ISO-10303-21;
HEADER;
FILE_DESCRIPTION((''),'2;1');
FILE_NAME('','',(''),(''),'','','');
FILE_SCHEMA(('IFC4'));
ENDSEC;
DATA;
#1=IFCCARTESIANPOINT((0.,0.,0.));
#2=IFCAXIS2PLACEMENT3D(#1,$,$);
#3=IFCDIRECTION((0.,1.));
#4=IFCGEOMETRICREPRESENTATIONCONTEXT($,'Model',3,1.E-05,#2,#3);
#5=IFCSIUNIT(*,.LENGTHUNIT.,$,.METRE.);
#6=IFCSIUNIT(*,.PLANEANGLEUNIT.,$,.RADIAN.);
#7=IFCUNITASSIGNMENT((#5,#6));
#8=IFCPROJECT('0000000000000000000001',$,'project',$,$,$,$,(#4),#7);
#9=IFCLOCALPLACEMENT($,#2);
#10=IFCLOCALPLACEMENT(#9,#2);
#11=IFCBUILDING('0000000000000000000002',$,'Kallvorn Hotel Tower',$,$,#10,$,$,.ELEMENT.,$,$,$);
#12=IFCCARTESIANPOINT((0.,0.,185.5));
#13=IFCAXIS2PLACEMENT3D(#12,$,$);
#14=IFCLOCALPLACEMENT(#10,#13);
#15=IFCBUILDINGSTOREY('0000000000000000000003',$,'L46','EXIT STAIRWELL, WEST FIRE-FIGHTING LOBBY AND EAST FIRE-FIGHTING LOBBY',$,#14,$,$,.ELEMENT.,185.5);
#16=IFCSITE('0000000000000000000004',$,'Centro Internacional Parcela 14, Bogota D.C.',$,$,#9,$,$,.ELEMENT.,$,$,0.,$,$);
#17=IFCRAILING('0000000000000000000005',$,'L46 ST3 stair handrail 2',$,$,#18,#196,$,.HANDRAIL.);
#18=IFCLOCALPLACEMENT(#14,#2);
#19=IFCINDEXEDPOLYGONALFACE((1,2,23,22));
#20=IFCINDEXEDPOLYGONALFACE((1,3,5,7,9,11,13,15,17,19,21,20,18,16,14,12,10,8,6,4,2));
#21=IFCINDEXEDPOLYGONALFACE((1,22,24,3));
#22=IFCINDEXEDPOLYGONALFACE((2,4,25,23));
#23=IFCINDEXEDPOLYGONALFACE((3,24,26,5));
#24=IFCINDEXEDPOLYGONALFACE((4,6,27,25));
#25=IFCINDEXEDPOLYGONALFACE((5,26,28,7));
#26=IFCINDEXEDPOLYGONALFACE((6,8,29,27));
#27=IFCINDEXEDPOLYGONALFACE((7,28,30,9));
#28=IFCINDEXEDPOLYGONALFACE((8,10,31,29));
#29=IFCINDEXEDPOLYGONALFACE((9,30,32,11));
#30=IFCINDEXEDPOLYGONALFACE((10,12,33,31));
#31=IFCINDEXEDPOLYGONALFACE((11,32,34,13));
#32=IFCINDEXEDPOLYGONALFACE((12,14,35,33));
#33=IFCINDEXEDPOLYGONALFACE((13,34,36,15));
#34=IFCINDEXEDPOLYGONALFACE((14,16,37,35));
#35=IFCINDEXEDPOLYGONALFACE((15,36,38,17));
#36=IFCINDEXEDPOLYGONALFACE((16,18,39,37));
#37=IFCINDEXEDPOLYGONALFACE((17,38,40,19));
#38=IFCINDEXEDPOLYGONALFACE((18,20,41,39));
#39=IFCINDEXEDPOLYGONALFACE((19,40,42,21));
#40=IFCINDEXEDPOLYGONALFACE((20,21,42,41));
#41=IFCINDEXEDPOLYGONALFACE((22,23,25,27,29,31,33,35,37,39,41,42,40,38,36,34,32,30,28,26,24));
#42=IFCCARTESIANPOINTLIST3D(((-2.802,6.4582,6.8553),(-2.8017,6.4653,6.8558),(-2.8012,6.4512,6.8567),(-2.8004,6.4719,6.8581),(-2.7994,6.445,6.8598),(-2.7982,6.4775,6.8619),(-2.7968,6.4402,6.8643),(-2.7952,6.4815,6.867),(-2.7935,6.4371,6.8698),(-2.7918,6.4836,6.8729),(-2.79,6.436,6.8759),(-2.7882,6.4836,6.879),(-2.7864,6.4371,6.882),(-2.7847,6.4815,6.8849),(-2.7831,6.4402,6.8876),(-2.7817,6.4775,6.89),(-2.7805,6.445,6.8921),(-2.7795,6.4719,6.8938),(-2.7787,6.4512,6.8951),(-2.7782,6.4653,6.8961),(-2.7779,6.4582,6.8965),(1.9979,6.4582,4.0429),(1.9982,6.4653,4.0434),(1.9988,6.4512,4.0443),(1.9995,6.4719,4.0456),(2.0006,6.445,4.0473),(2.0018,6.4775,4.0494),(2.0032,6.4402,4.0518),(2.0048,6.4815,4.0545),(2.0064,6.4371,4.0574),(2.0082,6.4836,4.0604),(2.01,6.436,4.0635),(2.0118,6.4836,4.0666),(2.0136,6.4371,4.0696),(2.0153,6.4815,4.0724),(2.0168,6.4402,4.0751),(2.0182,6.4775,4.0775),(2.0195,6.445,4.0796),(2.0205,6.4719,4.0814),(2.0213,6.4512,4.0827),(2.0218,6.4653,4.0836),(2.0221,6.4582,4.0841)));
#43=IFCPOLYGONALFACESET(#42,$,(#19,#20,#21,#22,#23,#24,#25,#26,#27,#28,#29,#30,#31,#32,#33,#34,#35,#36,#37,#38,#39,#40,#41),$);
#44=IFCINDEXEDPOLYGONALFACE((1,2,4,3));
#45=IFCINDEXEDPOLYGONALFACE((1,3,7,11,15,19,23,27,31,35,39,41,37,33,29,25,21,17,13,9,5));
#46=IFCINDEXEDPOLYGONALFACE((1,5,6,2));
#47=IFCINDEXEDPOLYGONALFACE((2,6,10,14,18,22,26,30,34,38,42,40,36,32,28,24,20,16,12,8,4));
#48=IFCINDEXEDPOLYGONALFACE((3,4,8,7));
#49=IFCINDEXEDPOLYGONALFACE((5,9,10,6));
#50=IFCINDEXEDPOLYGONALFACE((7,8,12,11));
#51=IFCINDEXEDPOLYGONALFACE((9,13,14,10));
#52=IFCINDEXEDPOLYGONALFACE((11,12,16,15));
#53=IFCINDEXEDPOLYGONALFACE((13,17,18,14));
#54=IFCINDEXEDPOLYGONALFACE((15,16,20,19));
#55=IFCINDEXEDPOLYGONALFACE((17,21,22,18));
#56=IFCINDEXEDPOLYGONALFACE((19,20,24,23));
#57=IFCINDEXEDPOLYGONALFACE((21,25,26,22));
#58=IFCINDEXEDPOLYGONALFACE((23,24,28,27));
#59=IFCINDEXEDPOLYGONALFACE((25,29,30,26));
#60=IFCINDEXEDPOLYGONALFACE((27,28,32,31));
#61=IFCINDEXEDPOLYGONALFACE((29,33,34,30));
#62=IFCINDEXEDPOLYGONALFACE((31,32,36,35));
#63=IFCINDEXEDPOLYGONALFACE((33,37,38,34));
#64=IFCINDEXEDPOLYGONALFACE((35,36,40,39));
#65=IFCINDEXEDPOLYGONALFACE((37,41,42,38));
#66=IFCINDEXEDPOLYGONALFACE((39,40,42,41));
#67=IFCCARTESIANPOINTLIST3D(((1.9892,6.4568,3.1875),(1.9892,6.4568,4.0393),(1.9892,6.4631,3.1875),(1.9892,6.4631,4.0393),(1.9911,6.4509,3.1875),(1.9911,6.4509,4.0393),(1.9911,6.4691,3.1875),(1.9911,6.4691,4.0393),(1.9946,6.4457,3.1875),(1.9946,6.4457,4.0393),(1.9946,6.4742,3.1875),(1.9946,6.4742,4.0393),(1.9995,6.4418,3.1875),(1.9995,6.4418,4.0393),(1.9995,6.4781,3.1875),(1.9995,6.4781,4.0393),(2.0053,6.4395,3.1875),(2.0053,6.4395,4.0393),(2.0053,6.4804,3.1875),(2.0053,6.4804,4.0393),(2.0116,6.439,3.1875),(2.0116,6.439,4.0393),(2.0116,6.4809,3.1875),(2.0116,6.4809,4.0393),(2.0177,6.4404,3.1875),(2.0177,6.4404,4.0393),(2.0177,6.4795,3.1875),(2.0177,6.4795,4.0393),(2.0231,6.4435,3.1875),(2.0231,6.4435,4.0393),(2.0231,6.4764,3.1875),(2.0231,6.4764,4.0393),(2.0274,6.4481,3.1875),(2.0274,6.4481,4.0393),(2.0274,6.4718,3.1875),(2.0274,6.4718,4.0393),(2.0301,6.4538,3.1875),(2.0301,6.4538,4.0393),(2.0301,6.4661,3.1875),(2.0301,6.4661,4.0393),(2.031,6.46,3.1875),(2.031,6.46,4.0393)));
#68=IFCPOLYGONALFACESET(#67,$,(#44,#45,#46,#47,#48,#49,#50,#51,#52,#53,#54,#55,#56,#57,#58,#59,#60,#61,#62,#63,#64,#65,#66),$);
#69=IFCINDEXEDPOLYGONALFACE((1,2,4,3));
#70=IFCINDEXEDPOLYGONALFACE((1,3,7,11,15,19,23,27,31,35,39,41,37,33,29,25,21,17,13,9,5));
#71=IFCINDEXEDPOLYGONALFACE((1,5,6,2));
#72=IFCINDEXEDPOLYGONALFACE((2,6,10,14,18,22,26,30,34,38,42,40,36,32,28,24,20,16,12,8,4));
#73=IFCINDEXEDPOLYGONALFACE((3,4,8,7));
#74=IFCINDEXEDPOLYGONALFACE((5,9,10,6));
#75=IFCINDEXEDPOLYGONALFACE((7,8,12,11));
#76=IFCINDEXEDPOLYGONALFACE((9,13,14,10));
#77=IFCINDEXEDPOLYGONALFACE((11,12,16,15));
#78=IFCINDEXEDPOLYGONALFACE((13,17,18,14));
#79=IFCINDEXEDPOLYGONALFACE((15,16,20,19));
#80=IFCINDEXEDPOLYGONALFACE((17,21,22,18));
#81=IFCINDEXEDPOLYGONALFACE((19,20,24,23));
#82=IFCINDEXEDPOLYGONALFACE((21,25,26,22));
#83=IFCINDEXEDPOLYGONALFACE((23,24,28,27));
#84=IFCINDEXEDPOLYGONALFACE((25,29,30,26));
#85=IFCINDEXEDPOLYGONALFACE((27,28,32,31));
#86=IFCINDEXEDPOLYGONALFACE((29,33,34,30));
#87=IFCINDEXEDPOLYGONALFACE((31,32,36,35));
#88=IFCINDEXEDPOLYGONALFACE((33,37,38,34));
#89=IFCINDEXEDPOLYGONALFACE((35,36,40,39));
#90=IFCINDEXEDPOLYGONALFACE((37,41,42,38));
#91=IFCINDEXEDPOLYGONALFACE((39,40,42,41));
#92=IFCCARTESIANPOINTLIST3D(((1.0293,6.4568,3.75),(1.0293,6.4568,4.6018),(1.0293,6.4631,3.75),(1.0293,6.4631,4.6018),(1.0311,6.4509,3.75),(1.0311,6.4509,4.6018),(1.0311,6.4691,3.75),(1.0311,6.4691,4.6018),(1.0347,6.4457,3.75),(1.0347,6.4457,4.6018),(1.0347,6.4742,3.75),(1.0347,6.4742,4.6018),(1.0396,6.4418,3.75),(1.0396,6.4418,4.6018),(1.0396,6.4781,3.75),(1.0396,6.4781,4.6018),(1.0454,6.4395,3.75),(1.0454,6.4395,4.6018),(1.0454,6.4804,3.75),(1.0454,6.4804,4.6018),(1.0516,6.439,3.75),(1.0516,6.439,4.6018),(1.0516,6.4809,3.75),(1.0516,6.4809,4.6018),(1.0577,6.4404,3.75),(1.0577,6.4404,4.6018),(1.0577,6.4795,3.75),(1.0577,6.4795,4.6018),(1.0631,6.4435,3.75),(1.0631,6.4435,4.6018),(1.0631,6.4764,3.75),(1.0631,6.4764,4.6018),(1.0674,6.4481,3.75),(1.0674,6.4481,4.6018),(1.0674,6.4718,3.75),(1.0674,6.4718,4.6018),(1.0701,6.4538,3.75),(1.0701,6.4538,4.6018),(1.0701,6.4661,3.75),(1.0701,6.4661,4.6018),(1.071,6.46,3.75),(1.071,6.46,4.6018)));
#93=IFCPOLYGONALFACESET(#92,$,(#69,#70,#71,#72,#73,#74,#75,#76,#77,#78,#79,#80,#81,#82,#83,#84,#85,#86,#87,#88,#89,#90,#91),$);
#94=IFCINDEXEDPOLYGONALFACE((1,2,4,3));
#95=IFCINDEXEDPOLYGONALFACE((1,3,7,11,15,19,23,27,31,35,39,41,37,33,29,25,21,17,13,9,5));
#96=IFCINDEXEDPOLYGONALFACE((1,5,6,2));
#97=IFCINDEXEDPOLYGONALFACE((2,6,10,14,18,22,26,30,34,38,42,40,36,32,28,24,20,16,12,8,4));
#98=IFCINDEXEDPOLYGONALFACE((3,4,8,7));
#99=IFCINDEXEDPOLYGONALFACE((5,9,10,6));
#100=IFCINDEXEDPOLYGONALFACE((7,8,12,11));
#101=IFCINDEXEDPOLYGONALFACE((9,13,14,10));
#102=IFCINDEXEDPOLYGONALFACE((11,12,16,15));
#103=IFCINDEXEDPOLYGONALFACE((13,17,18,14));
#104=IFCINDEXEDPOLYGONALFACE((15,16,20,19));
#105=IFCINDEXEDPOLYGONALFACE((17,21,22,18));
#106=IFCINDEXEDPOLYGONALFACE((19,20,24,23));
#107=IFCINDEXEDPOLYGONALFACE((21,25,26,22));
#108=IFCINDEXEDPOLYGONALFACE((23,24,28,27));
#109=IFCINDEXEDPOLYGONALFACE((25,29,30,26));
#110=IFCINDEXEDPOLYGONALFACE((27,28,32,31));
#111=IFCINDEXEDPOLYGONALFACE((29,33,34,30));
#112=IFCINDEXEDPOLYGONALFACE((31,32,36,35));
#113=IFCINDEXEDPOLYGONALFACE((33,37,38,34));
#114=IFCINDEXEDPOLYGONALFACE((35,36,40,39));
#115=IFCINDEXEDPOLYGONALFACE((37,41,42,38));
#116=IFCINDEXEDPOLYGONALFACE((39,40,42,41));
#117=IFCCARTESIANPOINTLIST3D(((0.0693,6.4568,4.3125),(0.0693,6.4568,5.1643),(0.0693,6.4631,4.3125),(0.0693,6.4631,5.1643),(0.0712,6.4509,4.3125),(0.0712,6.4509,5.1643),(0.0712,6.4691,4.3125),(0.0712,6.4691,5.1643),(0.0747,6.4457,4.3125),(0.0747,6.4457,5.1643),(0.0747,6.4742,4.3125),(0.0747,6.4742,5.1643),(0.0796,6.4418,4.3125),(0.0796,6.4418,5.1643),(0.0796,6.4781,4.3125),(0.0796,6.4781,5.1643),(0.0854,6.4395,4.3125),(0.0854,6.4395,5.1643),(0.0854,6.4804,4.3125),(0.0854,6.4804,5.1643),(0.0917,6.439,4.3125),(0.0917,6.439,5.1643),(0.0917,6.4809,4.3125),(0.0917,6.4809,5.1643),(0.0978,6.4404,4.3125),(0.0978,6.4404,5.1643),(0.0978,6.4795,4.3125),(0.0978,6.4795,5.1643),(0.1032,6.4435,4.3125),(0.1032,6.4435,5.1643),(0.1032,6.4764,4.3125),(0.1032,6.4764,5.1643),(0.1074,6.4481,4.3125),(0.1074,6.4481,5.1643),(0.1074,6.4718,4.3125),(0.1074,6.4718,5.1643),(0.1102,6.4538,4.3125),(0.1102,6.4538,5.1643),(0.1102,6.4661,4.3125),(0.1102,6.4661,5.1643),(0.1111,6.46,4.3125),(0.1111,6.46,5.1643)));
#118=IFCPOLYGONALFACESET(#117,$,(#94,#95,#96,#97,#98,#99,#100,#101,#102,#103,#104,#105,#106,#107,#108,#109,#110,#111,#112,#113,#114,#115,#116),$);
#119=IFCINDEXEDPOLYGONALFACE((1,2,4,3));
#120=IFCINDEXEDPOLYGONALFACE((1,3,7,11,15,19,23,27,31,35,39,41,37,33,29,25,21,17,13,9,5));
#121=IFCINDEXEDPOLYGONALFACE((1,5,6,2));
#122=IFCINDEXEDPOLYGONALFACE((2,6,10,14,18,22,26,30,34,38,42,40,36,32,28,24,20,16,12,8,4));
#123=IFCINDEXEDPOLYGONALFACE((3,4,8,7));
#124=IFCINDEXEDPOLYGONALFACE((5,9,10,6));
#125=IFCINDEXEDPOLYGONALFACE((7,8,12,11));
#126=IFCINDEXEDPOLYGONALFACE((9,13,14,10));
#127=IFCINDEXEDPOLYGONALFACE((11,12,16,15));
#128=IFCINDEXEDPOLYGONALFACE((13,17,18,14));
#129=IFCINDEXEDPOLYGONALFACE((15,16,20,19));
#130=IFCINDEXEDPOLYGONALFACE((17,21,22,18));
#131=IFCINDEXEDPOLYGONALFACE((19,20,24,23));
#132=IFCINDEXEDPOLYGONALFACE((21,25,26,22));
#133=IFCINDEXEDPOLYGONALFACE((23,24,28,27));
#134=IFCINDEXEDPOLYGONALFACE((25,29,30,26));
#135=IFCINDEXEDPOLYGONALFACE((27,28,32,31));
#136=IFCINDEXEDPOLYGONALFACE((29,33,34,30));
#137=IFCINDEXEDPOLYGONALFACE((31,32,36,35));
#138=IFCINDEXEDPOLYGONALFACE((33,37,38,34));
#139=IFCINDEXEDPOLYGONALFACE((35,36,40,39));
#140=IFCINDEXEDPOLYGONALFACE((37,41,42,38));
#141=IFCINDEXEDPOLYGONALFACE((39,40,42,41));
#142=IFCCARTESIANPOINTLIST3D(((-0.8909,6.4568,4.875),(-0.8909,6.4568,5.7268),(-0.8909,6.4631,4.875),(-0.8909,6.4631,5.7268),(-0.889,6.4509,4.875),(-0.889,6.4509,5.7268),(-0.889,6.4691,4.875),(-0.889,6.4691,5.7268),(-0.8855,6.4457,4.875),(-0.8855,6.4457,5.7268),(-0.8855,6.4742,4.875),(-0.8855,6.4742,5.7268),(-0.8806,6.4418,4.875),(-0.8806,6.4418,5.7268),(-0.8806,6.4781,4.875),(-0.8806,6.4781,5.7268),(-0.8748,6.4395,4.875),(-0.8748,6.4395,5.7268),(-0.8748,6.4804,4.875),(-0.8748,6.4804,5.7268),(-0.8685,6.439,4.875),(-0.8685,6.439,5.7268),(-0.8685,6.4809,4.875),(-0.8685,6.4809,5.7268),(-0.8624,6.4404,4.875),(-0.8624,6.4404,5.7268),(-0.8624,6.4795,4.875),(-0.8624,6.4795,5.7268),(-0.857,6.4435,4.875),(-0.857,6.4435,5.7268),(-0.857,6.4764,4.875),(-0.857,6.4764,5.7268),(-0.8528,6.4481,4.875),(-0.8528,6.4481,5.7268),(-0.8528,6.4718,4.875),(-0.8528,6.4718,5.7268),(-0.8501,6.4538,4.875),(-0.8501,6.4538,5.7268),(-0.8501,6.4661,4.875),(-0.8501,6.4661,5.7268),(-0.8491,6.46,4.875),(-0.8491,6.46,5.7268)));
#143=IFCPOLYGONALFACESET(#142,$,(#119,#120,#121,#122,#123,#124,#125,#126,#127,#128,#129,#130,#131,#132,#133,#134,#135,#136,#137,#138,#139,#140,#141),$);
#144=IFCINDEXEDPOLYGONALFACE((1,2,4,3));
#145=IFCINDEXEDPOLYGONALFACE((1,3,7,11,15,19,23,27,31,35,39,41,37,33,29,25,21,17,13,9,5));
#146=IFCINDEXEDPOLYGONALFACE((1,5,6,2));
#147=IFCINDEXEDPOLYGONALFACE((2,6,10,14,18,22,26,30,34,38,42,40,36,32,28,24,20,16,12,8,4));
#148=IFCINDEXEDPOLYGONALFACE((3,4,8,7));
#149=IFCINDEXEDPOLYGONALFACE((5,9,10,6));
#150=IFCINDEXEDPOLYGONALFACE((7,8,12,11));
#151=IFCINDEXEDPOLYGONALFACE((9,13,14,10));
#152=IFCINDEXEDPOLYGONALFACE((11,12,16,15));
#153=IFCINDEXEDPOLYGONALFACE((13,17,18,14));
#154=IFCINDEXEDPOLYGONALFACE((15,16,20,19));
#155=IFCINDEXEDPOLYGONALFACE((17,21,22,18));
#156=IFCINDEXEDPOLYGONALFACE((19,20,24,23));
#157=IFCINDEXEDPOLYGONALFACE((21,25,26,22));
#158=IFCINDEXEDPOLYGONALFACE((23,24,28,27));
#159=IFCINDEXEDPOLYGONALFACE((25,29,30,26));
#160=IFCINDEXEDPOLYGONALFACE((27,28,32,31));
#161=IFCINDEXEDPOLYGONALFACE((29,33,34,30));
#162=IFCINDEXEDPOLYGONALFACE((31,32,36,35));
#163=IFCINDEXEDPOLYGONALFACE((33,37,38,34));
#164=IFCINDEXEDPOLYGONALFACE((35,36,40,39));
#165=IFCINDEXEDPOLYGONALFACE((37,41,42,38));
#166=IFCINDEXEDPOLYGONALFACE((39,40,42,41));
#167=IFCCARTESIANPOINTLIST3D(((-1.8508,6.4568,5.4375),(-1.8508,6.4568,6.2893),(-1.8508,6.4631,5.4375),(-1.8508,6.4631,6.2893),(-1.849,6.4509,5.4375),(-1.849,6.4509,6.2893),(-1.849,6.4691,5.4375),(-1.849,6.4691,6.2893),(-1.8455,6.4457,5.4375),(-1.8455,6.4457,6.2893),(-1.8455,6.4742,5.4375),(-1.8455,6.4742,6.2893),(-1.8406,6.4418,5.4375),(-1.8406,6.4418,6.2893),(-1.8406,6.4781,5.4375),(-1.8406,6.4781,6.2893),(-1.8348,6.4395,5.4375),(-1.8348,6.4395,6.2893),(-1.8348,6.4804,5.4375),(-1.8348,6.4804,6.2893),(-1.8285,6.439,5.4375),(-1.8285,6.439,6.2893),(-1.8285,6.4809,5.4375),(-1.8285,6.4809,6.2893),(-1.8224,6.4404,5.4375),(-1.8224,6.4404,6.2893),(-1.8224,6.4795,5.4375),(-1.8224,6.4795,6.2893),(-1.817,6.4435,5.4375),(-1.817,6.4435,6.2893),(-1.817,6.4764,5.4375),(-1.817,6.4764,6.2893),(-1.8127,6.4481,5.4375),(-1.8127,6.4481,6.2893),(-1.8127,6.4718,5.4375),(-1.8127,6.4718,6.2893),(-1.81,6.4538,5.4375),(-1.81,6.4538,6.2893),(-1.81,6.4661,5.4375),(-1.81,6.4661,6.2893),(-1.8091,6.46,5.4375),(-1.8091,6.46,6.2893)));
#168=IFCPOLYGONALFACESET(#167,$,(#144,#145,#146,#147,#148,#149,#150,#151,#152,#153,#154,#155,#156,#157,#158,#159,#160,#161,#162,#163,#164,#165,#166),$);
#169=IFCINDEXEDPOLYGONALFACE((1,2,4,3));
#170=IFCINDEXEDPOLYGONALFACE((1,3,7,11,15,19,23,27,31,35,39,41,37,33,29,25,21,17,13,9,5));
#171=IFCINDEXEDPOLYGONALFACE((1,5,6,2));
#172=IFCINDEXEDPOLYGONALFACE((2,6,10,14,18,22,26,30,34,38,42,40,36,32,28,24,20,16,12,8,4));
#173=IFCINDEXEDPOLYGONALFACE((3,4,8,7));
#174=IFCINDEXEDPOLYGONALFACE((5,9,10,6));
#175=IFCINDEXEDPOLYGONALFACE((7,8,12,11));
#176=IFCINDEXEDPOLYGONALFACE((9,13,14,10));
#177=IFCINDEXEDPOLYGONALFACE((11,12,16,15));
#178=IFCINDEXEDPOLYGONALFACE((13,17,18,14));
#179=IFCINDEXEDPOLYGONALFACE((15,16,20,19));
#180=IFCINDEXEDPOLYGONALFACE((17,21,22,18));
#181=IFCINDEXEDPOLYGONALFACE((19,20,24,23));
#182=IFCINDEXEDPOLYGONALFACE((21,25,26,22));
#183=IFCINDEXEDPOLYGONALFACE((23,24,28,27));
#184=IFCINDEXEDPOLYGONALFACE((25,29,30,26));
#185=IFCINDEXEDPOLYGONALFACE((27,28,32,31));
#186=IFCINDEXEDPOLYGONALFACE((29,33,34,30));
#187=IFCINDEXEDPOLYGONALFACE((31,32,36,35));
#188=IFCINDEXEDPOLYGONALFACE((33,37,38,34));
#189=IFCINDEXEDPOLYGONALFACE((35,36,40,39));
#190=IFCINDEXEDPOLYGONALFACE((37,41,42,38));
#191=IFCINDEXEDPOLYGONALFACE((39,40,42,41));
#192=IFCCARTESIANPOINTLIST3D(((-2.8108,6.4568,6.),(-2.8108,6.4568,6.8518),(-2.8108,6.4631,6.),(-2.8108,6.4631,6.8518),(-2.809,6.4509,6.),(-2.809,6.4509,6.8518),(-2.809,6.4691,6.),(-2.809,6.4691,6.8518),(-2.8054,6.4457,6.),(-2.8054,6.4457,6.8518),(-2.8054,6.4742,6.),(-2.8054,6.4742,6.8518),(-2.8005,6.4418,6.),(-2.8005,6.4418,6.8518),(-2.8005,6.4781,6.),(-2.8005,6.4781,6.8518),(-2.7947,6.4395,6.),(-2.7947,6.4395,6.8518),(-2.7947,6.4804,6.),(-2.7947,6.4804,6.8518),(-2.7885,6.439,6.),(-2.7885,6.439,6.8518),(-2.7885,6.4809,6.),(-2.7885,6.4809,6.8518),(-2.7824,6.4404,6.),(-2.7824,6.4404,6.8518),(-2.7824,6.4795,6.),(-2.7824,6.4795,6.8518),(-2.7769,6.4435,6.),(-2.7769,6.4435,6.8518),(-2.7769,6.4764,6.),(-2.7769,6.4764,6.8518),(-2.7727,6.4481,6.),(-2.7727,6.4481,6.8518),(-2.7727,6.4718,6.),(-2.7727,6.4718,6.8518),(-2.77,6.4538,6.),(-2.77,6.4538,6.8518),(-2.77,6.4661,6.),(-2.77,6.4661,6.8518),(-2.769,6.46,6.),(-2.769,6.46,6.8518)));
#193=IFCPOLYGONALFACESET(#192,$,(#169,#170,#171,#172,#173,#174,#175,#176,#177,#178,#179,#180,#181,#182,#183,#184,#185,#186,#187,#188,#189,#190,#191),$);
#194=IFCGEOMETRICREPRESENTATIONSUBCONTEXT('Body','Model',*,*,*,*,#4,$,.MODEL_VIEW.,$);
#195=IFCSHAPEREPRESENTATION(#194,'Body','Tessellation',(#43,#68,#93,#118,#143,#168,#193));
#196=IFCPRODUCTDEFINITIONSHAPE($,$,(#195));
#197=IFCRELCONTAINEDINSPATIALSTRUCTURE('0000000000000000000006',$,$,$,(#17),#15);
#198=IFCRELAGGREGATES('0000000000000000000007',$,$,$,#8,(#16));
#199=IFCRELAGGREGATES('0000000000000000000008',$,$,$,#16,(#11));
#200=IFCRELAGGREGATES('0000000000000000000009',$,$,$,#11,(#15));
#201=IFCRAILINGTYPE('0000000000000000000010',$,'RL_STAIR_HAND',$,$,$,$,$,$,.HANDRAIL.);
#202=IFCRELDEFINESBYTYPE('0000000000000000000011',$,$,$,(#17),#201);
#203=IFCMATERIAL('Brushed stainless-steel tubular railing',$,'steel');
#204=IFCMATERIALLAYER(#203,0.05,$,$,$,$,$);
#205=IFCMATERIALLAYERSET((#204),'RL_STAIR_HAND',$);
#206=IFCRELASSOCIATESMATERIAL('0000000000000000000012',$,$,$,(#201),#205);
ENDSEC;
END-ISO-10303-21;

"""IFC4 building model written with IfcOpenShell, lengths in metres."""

from ifc_helpers import new_model, si_unit, direction, frame, origin, origin_2d, place, context, subcontext, project, spatial, circle, extrude, material, layer, layer_set, type_object, element, save


model = new_model("IFC4")

# Units and contexts
model_context = context("Model", 3, precision=1e-05, world=origin(), true_north=direction((0.0, 1.0)))
body_context = subcontext(model_context, "Body", "Model", "MODEL_VIEW")
ifc_project = project(units=[si_unit("LENGTHUNIT", "METRE"), si_unit("PLANEANGLEUNIT", "RADIAN")], contexts=[model_context])

# Site, building, storey
site_placement = place(None, origin())
site = spatial("IfcSite", under=ifc_project, at=site_placement, Name="Centro Internacional Parcela 14, Bogota D.C.", CompositionType="ELEMENT", RefElevation=0.0)
building_placement = place(site_placement, origin())
building = spatial("IfcBuilding", under=site, at=building_placement, Name="Kallvorn Hotel Tower", CompositionType="ELEMENT")
storey_placement = place(building_placement, frame((0.0, 0.0, 185.5)))
storey = spatial("IfcBuildingStorey", under=building, at=storey_placement, Name="L46", Description="EXIT STAIRWELL, WEST FIRE-FIGHTING LOBBY AND EAST FIRE-FIGHTING LOBBY", CompositionType="ELEMENT", Elevation=185.5)

# Railing
ifc_material_1 = material(Name="Brushed stainless-steel tubular railing", Category="steel")
ifc_layer_1 = layer(ifc_material_1, 0.05)
ifc_layer_set_1 = layer_set([ifc_layer_1], Name="RL_STAIR_HAND")
railing_type_1 = type_object("IfcRailingType", Name="RL_STAIR_HAND", PredefinedType="HANDRAIL", material=ifc_layer_set_1)
railing_1_placement = place(storey_placement, frame((2.01, 6.46, 3.1875)))
element("IfcRailing", 1, at=railing_1_placement, inside=storey, type_object=railing_type_1, Name="L46 ST3 stair handrail 2", PredefinedType="HANDRAIL", context=body_context, shape_type="SweptSolid", body=[
    extrude(circle(Radius=0.0239, at=origin_2d()), frame((0.0, 0.0, 0.876), z_axis=(-0.862802, 0.0, 0.505543), x_axis=(0.0, -1.0, 0.0)), (0.0, 0.0, 1.0), 5.5632),
    extrude(circle(Radius=0.021, at=origin_2d()), origin(), (0.0, 0.0, 1.0), 0.8518),
    extrude(circle(Radius=0.021, at=origin_2d()), frame((-0.96, 0.0, 0.5625)), (0.0, 0.0, 1.0), 0.8518),
    extrude(circle(Radius=0.021, at=origin_2d()), frame((-1.9199, 0.0, 1.125)), (0.0, 0.0, 1.0), 0.8518),
    extrude(circle(Radius=0.021, at=origin_2d()), frame((-2.8801, 0.0, 1.6875)), (0.0, 0.0, 1.0), 0.8518),
    extrude(circle(Radius=0.021, at=origin_2d()), frame((-3.8401, 0.0, 2.25)), (0.0, 0.0, 1.0), 0.8518),
    extrude(circle(Radius=0.021, at=origin_2d()), frame((-4.8, 0.0, 2.8125)), (0.0, 0.0, 1.0), 0.8518),
])

save(model, "model.ifc")
